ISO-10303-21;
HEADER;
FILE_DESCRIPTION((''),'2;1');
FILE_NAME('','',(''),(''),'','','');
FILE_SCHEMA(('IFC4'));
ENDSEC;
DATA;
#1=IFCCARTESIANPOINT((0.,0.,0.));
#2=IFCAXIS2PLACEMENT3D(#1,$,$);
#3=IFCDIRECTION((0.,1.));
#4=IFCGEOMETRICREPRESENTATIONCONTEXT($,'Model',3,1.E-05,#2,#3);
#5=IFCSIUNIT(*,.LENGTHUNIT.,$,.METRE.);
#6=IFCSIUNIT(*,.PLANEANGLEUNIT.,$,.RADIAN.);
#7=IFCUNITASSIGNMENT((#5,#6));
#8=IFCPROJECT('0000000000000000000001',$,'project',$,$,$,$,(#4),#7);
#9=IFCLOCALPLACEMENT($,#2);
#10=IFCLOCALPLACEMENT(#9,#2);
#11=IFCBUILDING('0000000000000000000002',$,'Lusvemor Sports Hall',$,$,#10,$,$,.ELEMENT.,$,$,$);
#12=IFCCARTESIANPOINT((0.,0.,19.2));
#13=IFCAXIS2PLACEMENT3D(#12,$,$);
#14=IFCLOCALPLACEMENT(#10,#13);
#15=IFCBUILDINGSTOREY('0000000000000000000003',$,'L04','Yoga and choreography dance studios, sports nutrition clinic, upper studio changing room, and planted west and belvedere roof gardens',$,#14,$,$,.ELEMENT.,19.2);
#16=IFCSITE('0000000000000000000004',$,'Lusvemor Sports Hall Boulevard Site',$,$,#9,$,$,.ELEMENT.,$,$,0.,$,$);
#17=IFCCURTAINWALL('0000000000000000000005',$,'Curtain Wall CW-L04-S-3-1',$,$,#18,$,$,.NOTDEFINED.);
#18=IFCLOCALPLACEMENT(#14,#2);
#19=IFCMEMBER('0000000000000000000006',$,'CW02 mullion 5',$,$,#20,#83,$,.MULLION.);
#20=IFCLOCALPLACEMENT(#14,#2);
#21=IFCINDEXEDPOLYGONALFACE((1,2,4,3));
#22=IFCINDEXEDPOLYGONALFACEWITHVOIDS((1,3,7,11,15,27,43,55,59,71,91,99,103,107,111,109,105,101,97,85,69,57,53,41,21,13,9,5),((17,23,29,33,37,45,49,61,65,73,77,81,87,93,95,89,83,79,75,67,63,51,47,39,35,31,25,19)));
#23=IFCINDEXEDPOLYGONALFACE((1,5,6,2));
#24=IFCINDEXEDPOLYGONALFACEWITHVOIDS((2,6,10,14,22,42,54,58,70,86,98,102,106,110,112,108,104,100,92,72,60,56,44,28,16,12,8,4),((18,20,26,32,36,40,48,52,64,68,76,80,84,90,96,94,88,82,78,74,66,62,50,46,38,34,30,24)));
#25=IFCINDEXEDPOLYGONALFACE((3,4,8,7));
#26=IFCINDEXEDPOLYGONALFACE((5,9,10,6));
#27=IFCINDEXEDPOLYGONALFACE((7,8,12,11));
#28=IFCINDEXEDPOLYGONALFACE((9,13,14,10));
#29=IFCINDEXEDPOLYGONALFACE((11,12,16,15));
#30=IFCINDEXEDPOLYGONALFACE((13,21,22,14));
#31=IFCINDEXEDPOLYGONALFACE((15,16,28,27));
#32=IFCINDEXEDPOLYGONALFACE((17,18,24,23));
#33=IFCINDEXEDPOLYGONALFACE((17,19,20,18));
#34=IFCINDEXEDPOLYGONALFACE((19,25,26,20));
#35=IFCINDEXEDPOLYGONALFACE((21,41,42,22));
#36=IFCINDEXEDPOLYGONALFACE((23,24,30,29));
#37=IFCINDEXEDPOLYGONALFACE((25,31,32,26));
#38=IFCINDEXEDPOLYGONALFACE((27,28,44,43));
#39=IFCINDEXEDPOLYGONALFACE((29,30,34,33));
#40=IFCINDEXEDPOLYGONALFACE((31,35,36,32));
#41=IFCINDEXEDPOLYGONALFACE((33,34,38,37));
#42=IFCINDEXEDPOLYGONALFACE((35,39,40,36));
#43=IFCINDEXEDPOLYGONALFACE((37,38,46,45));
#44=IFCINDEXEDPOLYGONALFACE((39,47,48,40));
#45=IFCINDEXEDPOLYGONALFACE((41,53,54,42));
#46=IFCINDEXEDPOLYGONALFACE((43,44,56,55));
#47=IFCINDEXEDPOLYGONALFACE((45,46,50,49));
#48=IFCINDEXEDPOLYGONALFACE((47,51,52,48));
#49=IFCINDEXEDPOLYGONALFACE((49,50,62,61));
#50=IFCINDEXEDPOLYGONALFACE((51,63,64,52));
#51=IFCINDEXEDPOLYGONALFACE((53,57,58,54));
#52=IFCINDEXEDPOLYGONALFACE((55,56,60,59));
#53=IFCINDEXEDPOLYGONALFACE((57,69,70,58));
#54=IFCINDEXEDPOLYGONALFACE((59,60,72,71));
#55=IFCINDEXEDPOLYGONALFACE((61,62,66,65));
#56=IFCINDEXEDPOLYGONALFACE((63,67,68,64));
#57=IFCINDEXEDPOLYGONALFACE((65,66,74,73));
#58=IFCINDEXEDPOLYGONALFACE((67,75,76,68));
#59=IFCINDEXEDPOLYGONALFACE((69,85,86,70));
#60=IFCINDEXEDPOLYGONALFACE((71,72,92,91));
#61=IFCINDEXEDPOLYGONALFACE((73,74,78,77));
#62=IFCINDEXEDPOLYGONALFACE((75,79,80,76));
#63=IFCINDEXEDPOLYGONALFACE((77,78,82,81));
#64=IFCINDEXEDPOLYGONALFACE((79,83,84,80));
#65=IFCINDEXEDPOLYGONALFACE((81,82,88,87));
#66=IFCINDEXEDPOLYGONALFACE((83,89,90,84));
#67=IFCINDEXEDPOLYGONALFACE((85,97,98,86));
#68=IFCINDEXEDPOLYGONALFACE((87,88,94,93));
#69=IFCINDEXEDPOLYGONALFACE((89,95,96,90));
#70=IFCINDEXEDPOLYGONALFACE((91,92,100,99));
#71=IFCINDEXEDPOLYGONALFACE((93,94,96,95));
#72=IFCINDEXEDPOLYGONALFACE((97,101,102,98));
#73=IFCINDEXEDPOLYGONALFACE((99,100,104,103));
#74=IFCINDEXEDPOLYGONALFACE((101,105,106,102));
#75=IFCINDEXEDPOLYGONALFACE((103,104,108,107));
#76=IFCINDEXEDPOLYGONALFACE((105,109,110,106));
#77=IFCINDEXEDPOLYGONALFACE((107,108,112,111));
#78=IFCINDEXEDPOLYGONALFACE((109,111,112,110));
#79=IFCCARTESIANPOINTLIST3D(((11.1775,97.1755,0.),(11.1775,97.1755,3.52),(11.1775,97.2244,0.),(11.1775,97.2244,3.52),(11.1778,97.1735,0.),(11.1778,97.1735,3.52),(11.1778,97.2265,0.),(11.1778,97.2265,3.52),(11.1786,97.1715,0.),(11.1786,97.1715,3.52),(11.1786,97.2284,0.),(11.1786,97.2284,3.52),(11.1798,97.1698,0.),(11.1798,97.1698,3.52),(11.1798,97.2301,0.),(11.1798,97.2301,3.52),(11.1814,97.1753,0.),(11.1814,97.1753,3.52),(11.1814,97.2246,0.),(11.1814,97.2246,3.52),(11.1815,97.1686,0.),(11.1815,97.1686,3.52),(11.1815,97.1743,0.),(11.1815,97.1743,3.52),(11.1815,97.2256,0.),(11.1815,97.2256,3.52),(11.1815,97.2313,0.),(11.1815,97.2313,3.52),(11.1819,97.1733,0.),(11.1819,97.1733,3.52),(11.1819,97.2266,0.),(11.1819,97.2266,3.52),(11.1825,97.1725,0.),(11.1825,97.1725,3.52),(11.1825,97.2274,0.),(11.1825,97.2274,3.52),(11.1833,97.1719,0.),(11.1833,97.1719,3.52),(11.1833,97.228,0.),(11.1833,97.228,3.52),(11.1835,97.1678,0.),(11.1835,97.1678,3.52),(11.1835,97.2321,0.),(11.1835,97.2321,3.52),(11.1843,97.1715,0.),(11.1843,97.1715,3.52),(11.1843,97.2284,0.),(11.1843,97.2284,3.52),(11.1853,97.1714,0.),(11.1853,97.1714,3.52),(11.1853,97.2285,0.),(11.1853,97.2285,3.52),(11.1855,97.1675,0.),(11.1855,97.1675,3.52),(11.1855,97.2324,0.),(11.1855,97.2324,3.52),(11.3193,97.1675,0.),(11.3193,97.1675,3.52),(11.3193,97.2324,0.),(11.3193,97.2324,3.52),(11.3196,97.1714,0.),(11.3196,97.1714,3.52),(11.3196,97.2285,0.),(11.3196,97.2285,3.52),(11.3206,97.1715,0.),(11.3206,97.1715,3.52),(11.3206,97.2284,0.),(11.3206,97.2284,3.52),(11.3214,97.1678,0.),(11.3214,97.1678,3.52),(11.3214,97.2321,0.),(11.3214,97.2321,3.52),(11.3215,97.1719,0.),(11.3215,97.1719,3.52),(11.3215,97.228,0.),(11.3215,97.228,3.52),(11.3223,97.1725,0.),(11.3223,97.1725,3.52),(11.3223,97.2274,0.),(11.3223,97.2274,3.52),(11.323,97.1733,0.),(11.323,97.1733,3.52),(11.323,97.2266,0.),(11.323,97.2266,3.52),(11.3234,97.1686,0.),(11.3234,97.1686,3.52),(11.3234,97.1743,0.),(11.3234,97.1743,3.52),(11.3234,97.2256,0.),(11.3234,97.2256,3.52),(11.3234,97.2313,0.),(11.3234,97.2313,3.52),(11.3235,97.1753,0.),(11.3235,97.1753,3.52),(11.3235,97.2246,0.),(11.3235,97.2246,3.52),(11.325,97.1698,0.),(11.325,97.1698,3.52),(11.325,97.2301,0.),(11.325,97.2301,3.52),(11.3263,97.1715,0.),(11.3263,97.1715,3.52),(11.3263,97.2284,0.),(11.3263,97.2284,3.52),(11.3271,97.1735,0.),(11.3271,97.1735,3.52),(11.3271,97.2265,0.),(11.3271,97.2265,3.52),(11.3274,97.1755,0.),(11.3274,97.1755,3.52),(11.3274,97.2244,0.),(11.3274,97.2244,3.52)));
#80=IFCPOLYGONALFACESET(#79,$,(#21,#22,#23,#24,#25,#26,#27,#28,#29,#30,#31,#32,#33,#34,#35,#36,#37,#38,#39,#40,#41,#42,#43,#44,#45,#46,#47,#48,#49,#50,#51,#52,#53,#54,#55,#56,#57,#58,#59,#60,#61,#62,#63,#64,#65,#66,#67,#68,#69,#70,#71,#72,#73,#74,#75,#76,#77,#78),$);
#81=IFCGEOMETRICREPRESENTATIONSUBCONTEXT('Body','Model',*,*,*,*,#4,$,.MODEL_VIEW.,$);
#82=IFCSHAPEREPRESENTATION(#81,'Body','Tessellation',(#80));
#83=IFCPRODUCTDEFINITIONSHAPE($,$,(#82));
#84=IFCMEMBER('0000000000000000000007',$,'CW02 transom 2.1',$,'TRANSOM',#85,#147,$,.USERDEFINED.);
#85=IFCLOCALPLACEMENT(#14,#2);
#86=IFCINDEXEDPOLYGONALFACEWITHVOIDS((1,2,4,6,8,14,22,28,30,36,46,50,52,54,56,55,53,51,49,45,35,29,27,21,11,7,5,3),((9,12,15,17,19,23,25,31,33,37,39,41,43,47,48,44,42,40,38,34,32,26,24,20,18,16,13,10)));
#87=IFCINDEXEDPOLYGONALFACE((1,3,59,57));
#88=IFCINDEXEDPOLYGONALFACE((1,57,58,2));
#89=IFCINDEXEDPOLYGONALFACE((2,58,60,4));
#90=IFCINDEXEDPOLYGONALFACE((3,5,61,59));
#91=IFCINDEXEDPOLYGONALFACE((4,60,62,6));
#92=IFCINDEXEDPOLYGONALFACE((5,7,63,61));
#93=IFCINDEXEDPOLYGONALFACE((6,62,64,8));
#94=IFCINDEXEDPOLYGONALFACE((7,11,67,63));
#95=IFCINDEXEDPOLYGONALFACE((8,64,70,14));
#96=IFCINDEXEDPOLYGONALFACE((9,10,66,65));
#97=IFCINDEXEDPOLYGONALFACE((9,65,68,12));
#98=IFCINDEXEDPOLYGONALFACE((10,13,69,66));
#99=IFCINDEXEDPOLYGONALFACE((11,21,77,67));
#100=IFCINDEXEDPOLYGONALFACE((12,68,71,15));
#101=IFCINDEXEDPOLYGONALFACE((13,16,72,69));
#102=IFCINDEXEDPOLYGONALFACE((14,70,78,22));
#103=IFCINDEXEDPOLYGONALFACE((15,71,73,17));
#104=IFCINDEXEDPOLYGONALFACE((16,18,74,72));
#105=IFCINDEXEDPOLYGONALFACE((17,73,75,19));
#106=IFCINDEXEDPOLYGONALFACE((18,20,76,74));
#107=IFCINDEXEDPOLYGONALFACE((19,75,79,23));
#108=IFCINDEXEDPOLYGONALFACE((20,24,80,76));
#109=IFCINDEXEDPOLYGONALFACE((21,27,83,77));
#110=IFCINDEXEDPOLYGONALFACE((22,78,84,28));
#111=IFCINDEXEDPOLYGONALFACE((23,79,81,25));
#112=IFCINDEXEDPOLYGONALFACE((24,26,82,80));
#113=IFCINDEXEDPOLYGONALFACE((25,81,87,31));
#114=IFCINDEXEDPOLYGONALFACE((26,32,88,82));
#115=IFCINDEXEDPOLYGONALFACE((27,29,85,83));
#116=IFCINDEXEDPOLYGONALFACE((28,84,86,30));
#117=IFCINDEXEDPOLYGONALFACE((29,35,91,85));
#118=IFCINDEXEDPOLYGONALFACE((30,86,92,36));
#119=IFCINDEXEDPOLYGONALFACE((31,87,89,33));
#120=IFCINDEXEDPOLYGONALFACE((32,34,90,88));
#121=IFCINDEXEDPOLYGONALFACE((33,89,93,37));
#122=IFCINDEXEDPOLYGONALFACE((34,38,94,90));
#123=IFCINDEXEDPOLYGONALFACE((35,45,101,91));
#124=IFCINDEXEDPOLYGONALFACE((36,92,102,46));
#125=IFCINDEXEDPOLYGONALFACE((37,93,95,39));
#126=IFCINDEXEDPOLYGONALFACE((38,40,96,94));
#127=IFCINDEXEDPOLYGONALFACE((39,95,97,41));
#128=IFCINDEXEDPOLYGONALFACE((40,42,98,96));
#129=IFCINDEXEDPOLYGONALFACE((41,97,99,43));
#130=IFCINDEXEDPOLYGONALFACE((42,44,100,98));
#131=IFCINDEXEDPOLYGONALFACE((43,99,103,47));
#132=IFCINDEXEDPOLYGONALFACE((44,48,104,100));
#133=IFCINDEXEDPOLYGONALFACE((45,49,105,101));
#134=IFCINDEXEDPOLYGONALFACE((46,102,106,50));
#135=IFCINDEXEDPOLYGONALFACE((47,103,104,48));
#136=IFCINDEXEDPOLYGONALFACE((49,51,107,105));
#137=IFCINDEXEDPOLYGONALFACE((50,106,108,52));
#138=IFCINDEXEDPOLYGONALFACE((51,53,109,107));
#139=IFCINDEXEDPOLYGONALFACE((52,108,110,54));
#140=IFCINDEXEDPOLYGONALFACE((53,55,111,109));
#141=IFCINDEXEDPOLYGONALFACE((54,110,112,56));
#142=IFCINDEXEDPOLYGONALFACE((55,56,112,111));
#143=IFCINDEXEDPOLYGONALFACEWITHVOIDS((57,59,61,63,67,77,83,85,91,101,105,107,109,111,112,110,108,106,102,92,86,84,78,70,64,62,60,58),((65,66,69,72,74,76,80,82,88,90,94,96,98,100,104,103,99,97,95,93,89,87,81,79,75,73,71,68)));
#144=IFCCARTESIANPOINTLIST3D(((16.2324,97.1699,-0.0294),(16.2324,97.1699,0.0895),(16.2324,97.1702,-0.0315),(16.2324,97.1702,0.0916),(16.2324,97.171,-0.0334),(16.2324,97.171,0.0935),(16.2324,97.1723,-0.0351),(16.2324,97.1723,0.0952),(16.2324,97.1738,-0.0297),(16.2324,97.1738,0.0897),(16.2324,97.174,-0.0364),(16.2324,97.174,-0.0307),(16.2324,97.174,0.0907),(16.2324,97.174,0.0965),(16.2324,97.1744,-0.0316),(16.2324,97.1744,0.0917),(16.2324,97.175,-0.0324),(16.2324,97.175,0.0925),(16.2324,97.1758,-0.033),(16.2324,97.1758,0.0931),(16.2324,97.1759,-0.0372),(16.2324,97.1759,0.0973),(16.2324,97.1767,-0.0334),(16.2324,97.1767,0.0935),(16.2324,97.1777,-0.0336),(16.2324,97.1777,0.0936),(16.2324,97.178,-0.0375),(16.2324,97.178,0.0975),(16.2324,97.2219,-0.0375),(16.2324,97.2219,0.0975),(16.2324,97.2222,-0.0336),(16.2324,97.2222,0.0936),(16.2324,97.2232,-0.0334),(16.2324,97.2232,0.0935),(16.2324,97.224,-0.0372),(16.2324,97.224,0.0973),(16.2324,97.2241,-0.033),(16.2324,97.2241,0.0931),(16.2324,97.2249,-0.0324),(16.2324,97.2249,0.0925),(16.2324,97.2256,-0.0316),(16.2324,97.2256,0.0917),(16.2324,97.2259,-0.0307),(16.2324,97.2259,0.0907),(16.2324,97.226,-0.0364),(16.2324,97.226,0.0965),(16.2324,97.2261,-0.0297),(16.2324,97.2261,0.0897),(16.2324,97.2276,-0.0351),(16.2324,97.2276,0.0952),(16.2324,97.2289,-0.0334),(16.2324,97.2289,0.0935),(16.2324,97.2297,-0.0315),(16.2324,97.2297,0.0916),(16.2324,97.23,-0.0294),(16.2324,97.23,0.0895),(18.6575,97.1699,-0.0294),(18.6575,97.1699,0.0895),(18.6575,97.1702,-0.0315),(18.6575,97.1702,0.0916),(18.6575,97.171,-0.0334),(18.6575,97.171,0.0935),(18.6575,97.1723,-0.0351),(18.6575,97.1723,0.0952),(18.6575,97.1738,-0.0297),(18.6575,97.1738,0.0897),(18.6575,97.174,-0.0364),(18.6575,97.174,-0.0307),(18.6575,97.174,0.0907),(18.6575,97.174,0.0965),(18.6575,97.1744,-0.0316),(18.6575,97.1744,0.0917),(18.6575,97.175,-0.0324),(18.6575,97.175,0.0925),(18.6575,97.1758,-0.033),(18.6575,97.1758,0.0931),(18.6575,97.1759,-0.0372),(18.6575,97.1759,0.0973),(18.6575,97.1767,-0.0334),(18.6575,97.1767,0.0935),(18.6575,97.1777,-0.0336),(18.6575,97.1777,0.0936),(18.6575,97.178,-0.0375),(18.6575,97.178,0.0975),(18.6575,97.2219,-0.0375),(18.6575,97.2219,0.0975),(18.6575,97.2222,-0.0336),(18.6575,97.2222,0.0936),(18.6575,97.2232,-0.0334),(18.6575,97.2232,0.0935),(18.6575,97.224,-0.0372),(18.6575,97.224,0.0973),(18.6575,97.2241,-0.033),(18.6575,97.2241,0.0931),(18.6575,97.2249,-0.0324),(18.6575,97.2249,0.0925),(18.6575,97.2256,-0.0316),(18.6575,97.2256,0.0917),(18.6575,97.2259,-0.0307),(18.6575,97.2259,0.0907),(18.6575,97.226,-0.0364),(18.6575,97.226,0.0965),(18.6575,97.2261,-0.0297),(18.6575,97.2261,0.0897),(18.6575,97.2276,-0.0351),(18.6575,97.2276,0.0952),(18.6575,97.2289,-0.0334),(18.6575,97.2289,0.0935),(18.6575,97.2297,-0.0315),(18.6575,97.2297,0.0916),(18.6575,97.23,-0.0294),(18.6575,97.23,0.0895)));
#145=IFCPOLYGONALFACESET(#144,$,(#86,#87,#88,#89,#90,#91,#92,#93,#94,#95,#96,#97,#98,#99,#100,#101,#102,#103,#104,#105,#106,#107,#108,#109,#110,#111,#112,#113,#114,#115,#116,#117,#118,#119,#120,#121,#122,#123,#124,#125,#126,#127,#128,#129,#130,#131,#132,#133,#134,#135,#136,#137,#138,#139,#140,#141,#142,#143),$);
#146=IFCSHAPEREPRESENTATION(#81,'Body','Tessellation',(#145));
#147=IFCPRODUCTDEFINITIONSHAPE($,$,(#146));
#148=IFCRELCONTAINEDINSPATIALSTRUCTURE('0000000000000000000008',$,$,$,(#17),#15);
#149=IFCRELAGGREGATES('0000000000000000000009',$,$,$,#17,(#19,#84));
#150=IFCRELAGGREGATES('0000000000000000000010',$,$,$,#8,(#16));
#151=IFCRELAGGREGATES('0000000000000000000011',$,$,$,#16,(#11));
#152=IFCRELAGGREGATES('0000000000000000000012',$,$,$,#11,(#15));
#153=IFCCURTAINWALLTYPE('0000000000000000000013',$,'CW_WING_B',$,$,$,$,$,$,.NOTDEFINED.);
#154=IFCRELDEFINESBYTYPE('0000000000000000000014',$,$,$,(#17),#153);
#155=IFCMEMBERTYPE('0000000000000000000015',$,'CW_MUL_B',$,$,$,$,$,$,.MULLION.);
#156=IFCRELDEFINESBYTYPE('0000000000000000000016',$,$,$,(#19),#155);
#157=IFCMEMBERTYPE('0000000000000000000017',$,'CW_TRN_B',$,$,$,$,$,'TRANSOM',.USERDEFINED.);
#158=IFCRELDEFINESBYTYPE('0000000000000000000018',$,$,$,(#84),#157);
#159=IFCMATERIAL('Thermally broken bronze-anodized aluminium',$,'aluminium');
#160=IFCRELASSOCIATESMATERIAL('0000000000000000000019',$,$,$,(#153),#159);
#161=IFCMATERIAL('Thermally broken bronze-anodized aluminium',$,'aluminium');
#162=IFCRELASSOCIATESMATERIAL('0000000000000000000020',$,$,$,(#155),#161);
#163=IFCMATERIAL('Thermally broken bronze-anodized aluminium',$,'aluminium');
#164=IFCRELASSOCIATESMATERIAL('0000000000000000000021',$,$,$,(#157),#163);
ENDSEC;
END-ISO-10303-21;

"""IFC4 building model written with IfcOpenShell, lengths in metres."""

from ifc_helpers import new_model, si_unit, direction, frame, origin, origin_2d, place, context, subcontext, project, spatial, hollow_rectangle, extrude, material, material_profile, profile_set, type_object, element, aggregate, save


model = new_model("IFC4")

# Units and contexts
model_context = context("Model", 3, precision=1e-05, world=origin(), true_north=direction((0.0, 1.0)))
body_context = subcontext(model_context, "Body", "Model", "MODEL_VIEW")
ifc_project = project(units=[si_unit("LENGTHUNIT", "METRE"), si_unit("PLANEANGLEUNIT", "RADIAN")], contexts=[model_context])

# Site, building, storey
site_placement = place(None, origin())
site = spatial("IfcSite", under=ifc_project, at=site_placement, Name="Lusvemor Sports Hall Boulevard Site", CompositionType="ELEMENT", RefElevation=0.0)
building_placement = place(site_placement, origin())
building = spatial("IfcBuilding", under=site, at=building_placement, Name="Lusvemor Sports Hall", CompositionType="ELEMENT")
storey_placement = place(building_placement, frame((0.0, 0.0, 19.2)))
storey = spatial("IfcBuildingStorey", under=building, at=storey_placement, Name="L04", Description="Yoga and choreography dance studios, sports nutrition clinic, upper studio changing room, and planted west and belvedere roof gardens", CompositionType="ELEMENT", Elevation=19.2)

# Curtain wall, members
ifc_material_1 = material(Name="Thermally broken bronze-anodized aluminium", Category="aluminium")
curtain_wall_type = type_object("IfcCurtainWallType", Name="CW_WING_B", PredefinedType="NOTDEFINED", material=ifc_material_1)
curtain_wall_placement = place(storey_placement, origin())
curtain_wall = element("IfcCurtainWall", 1, at=curtain_wall_placement, inside=storey, type_object=curtain_wall_type, Name="Curtain Wall CW-L04-S-3-1", PredefinedType="NOTDEFINED")
ifc_material_2 = material(Name="Thermally broken bronze-anodized aluminium", Category="aluminium")
ifc_material_profile_1 = material_profile(ifc_material_2, hollow_rectangle(XDim=0.0649, YDim=0.1499, WallThickness=0.0039, InnerFilletRadius=0.0039, OuterFilletRadius=0.0081, at=origin_2d()), Name="CWMUL150x65x4")
ifc_profile_set_1 = profile_set([ifc_material_profile_1], Name="Thermally broken bronze-anodized aluminium")
member_type_1 = type_object("IfcMemberType", Name="CW_MUL_B", PredefinedType="MULLION", material=ifc_profile_set_1)
member_1_placement = place(storey_placement, frame((11.2524, 97.2, 0.0), z_axis=(0.0, 0.0, 1.0), x_axis=(0.0, -1.0, 0.0)))
member_1 = element("IfcMember", 2, at=member_1_placement, type_object=member_type_1, Name="CW02 mullion 5", PredefinedType="MULLION", context=body_context, shape_type="SweptSolid", body=[
    extrude(hollow_rectangle(XDim=0.0649, YDim=0.1499, WallThickness=0.0039, InnerFilletRadius=0.0039, OuterFilletRadius=0.0081, at=origin_2d()), origin(), (0.0, 0.0, 1.0), 3.52),
])
ifc_material_3 = material(Name="Thermally broken bronze-anodized aluminium", Category="aluminium")
ifc_material_profile_2 = material_profile(ifc_material_3, hollow_rectangle(XDim=0.0601, YDim=0.135, WallThickness=0.0039, InnerFilletRadius=0.0039, OuterFilletRadius=0.0081, at=origin_2d()), Name="CWTRN135x60x4")
ifc_profile_set_2 = profile_set([ifc_material_profile_2], Name="Thermally broken bronze-anodized aluminium")
member_type_2 = type_object("IfcMemberType", Name="CW_TRN_B", ElementType="TRANSOM", PredefinedType="USERDEFINED", material=ifc_profile_set_2)
member_2_placement = place(storey_placement, frame((18.6575, 97.2, 0.03), z_axis=(-1.0, 0.0, 0.0), x_axis=(0.0, -1.0, 0.0)))
member_2 = element("IfcMember", 3, at=member_2_placement, type_object=member_type_2, Name="CW02 transom 2.1", ObjectType="TRANSOM", PredefinedType="USERDEFINED", context=body_context, shape_type="SweptSolid", body=[
    extrude(hollow_rectangle(XDim=0.0601, YDim=0.135, WallThickness=0.0039, InnerFilletRadius=0.0039, OuterFilletRadius=0.0081, at=origin_2d()), origin(), (0.0, 0.0, 1.0), 2.425),
])

aggregate(curtain_wall, [member_1, member_2])

save(model, "model.ifc")
